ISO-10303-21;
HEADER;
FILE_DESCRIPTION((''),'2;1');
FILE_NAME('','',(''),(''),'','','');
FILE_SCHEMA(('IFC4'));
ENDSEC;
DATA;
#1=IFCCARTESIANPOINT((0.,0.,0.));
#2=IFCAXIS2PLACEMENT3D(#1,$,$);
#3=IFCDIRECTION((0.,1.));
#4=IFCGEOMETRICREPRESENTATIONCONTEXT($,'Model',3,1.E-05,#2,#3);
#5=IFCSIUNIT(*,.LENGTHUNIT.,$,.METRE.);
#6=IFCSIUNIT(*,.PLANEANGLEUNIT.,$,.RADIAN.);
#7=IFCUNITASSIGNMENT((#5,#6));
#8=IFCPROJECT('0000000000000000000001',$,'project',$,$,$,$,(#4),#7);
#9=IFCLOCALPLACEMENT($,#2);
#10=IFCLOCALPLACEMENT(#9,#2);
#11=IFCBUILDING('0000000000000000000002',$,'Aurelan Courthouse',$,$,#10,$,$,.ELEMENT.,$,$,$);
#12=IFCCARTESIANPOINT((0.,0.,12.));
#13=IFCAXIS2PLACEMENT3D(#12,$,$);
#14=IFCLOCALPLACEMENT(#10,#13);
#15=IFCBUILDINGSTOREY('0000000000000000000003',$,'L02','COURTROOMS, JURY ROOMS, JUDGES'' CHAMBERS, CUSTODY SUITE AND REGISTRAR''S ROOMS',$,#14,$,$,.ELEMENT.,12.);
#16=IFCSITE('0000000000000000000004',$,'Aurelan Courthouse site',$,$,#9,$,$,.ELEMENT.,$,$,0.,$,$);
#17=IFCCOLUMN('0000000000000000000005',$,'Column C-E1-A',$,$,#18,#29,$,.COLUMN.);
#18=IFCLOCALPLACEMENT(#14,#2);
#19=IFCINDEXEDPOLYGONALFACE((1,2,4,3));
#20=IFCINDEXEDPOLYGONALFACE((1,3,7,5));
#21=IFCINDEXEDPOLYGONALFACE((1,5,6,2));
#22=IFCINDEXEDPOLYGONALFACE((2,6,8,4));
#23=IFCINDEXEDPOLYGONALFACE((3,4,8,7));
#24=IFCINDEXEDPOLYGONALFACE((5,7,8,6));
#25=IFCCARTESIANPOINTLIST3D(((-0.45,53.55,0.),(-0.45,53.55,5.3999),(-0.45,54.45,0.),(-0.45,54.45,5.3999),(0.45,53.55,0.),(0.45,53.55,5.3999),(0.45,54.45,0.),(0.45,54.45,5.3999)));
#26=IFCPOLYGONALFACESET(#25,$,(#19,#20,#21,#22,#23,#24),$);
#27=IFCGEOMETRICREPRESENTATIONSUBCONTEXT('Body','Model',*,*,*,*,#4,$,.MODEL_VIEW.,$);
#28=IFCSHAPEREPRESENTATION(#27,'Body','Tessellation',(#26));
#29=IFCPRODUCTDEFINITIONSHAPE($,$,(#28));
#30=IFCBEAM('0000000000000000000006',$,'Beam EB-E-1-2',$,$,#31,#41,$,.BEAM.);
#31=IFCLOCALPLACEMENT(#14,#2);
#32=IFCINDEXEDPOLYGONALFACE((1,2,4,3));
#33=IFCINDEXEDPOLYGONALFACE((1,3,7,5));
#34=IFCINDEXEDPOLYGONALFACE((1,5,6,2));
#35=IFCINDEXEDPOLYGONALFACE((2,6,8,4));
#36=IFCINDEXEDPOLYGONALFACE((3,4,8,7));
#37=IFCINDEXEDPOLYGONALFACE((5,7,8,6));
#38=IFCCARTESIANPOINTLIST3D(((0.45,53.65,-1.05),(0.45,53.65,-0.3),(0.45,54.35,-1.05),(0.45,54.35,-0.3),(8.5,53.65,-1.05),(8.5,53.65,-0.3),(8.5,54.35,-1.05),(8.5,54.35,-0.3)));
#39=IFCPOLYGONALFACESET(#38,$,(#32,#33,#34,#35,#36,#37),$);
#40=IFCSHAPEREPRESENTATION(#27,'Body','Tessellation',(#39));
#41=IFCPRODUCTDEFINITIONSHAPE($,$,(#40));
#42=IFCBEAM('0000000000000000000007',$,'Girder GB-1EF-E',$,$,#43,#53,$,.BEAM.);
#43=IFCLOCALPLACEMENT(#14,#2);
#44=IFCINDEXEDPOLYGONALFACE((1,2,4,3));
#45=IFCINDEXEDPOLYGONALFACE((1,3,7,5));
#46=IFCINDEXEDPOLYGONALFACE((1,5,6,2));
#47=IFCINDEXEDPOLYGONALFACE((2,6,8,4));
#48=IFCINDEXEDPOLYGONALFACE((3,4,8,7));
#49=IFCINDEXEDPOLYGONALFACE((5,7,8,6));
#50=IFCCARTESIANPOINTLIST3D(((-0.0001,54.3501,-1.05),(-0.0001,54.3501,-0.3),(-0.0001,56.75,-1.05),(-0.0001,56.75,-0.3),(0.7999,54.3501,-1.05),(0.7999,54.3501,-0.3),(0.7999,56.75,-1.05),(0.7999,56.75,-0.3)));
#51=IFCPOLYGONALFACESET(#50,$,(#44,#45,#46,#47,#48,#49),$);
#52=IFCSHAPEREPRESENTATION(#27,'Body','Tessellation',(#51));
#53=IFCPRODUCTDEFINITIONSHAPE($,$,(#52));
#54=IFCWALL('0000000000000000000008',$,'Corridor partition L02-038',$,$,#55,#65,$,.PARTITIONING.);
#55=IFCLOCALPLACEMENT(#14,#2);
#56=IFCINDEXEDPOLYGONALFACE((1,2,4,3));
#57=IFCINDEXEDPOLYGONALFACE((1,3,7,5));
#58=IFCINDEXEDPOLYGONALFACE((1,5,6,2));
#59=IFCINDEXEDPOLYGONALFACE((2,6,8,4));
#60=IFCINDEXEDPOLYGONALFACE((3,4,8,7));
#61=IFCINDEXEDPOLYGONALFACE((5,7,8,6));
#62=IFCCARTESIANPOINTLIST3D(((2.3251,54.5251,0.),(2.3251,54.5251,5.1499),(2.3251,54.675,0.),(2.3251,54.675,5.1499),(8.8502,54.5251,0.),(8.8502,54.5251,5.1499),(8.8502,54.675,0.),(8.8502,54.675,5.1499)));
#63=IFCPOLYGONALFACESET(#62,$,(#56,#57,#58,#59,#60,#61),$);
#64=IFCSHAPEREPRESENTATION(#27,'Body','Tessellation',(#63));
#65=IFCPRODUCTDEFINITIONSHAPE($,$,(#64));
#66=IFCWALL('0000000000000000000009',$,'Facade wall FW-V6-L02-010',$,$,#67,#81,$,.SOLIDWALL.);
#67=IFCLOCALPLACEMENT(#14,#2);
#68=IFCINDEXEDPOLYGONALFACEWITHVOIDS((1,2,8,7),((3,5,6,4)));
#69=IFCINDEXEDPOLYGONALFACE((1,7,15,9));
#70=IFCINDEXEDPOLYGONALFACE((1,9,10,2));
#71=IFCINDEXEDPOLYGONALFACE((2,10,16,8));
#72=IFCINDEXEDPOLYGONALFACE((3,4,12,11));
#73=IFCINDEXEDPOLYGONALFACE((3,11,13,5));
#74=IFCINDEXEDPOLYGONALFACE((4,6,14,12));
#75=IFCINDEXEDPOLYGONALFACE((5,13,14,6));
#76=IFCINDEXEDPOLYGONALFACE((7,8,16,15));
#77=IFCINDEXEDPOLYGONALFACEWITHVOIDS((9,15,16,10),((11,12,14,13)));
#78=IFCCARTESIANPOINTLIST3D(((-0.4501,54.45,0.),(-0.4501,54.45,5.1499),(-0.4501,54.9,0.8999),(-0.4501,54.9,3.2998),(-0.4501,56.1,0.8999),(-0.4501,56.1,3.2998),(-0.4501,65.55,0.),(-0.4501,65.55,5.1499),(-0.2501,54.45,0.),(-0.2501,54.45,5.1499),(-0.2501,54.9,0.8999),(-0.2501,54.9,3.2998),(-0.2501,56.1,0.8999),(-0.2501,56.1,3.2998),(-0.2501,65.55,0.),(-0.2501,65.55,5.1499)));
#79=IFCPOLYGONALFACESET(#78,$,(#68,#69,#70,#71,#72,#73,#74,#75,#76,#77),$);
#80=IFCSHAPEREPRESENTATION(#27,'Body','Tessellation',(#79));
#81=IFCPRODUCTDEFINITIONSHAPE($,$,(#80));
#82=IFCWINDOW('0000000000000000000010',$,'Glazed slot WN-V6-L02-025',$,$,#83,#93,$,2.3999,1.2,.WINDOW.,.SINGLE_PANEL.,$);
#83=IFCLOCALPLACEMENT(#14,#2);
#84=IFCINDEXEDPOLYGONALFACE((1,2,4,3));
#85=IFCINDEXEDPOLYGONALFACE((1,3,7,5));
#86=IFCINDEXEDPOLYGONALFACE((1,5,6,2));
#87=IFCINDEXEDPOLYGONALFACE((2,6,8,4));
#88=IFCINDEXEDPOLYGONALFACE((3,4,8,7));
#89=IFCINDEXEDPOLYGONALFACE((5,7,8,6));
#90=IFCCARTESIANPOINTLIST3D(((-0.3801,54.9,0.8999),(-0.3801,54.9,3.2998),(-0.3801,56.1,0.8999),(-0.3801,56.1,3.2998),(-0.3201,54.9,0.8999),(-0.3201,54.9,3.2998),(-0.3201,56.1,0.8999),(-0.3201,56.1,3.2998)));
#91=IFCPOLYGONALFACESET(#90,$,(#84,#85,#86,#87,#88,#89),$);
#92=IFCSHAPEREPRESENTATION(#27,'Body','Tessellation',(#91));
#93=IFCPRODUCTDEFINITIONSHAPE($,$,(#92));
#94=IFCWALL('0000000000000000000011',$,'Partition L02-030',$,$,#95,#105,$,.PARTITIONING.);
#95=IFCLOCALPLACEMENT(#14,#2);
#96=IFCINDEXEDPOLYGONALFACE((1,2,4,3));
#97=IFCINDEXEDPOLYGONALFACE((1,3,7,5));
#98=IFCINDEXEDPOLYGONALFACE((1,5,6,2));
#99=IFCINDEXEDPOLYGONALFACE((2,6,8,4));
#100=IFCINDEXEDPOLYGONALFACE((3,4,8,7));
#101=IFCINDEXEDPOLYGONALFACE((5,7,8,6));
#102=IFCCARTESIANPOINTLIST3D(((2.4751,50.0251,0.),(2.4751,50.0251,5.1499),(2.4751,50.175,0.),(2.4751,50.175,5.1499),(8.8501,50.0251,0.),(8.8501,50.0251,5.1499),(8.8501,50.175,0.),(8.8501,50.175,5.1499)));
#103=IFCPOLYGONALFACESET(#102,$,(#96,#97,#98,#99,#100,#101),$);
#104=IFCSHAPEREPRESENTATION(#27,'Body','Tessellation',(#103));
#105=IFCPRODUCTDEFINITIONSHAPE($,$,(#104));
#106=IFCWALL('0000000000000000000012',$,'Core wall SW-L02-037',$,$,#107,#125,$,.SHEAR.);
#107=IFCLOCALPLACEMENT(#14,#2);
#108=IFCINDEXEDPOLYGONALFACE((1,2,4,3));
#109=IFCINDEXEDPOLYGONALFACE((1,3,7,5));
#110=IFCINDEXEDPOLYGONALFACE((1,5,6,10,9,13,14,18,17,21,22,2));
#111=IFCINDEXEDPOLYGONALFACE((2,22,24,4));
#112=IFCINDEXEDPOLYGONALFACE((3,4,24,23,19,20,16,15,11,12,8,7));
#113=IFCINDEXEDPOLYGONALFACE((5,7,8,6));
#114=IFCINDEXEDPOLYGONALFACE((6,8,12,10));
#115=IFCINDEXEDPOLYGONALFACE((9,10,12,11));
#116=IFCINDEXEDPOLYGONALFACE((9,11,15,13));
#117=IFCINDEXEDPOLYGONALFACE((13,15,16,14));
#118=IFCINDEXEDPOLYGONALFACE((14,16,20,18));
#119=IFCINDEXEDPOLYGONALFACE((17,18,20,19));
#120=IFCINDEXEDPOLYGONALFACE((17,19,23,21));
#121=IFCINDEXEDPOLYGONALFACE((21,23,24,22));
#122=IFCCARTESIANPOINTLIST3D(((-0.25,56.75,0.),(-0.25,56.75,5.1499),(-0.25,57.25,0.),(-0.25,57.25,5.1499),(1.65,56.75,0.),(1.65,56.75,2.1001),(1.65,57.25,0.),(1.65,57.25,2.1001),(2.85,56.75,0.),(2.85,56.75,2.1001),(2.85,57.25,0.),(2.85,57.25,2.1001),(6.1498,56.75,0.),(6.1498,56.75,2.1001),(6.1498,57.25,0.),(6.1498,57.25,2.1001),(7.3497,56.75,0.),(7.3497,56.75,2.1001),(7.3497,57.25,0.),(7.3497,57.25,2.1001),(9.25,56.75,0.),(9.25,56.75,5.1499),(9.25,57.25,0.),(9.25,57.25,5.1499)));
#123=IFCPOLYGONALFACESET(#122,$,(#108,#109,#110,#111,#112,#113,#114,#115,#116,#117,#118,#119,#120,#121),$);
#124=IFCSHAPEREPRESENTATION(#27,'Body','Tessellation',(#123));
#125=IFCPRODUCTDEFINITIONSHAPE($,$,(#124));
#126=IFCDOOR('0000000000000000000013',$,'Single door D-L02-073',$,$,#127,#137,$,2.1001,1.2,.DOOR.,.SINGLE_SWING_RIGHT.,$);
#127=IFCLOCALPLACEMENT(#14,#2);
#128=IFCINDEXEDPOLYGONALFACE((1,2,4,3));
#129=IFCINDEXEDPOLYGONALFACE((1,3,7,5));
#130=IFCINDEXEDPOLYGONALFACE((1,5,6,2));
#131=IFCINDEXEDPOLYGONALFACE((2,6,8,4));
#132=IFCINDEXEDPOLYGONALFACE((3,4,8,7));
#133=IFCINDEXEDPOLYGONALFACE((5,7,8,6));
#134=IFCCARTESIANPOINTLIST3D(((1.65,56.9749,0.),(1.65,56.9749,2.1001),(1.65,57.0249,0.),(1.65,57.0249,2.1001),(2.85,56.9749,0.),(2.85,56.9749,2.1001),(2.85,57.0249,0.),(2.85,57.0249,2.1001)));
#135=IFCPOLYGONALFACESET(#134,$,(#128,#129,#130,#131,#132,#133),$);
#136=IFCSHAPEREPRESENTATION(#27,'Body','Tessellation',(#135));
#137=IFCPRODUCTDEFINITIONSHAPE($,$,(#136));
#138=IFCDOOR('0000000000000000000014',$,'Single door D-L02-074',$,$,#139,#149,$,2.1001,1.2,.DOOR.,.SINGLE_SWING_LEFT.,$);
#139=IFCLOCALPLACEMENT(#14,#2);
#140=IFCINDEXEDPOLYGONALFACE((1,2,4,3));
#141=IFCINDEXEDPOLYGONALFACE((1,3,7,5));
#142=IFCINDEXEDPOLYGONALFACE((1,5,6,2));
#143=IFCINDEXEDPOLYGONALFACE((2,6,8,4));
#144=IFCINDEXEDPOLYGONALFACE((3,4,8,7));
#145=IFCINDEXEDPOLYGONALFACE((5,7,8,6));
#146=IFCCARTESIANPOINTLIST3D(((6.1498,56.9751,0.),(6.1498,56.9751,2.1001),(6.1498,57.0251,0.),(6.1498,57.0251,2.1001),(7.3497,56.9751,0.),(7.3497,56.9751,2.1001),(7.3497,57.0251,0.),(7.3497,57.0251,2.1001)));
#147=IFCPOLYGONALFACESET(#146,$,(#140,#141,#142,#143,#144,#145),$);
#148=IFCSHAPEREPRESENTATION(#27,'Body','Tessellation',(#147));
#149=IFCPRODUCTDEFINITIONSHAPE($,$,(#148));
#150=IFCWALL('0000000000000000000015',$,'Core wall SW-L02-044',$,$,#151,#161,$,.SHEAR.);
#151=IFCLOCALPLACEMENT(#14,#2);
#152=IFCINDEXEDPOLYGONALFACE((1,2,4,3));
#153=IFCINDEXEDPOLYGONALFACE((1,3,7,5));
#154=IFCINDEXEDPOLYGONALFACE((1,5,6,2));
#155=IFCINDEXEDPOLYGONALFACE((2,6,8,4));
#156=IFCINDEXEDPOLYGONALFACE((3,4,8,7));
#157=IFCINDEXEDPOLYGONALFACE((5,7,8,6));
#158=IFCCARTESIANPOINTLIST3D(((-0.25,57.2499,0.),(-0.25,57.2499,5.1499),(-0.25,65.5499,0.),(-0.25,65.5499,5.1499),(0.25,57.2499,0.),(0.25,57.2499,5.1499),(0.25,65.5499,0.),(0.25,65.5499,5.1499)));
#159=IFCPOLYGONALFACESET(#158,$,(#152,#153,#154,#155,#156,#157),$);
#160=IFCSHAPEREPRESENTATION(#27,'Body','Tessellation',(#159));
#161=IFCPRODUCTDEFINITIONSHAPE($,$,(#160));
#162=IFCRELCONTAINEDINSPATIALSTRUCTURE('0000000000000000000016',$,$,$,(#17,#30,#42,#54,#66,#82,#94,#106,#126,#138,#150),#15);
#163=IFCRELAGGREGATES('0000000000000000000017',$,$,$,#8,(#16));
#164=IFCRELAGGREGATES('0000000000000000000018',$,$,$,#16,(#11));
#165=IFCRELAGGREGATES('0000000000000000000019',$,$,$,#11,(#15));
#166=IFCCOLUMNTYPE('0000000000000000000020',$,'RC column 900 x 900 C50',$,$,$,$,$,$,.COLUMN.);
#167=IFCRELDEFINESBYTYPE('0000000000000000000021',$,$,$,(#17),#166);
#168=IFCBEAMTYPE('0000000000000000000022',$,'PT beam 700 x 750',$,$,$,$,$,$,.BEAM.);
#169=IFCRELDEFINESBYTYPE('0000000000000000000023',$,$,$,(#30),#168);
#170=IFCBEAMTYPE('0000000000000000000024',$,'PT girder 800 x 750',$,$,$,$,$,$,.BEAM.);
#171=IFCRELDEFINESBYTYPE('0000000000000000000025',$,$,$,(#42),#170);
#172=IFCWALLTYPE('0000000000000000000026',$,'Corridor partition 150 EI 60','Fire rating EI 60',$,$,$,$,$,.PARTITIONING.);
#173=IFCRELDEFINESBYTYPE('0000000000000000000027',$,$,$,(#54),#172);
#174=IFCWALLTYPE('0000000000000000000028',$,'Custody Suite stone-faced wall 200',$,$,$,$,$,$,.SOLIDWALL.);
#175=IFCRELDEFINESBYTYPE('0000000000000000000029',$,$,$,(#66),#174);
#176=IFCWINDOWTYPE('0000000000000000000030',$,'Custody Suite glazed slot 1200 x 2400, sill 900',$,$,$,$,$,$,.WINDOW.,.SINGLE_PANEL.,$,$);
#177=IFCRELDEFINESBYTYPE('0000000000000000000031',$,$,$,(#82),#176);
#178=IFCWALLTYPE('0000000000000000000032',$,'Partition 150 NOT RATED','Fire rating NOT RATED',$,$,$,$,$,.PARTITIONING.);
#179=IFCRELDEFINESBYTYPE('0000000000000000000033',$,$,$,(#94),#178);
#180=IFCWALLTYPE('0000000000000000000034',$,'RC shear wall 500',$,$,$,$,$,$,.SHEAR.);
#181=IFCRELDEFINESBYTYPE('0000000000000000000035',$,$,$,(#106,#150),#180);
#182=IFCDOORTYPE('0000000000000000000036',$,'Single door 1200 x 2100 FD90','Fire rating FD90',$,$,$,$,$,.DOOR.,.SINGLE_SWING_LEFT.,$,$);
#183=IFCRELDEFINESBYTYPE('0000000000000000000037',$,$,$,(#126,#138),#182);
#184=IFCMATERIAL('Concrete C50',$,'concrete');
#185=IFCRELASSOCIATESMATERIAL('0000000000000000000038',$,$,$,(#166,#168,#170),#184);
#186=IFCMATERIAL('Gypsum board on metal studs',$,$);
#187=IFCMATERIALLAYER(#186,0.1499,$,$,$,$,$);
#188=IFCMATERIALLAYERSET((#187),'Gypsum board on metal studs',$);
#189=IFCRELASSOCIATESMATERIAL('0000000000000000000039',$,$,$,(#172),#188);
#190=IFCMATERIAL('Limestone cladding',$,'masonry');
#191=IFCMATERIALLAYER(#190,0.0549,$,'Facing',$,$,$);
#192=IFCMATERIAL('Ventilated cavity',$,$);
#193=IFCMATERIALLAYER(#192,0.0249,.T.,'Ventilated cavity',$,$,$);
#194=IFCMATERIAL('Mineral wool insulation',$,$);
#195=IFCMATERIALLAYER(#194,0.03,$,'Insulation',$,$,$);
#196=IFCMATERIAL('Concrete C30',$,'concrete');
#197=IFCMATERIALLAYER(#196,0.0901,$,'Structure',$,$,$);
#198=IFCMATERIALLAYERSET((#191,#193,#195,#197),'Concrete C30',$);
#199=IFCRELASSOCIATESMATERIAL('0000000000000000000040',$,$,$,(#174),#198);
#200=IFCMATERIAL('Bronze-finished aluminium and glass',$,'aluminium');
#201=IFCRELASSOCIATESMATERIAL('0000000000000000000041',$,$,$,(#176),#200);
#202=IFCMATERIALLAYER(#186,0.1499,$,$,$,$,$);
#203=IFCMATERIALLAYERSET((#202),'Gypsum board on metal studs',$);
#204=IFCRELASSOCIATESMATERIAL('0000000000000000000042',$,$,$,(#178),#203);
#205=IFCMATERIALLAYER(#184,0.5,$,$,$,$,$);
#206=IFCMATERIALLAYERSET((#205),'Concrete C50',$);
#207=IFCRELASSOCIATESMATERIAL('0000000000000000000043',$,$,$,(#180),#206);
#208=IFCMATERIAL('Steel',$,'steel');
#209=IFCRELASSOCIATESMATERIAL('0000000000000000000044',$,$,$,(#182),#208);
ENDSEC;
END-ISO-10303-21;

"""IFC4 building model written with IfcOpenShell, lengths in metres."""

from ifc_helpers import new_model, si_unit, direction, frame, frame_2d, origin, origin_2d, place, context, subcontext, project, spatial, rectangle, extrude, material, layer, layer_set, material_profile, profile_set, type_object, element, fill, save


model = new_model("IFC4")

# Units and contexts
model_context = context("Model", 3, precision=1e-05, world=origin(), true_north=direction((0.0, 1.0)))
body_context = subcontext(model_context, "Body", "Model", "MODEL_VIEW")
ifc_project = project(units=[si_unit("LENGTHUNIT", "METRE"), si_unit("PLANEANGLEUNIT", "RADIAN")], contexts=[model_context])

# Site, building, storey
site_placement = place(None, origin())
site = spatial("IfcSite", under=ifc_project, at=site_placement, Name="Aurelan Courthouse site", CompositionType="ELEMENT", RefElevation=0.0)
building_placement = place(site_placement, origin())
building = spatial("IfcBuilding", under=site, at=building_placement, Name="Aurelan Courthouse", CompositionType="ELEMENT")
storey_placement = place(building_placement, frame((0.0, 0.0, 12.0)))
storey = spatial("IfcBuildingStorey", under=building, at=storey_placement, Name="L02", Description="COURTROOMS, JURY ROOMS, JUDGES' CHAMBERS, CUSTODY SUITE AND REGISTRAR'S ROOMS", CompositionType="ELEMENT", Elevation=12.0)

# Column
ifc_material_1 = material(Name="Concrete C50", Category="concrete")
ifc_material_profile_1 = material_profile(ifc_material_1, rectangle(XDim=0.8999, YDim=0.8999, at=origin_2d()), Name="RC 900 x 900")
ifc_profile_set_1 = profile_set([ifc_material_profile_1], Name="Concrete C50")
column_type = type_object("IfcColumnType", Name="RC column 900 x 900 C50", PredefinedType="COLUMN", material=ifc_profile_set_1)
column_placement = place(storey_placement, frame((0.0, 54.0, 0.0), z_axis=(0.0, 0.0, 1.0), x_axis=(1.0, 0.0, 0.0)))
element("IfcColumn", 1, at=column_placement, inside=storey, type_object=column_type, Name="Column C-E1-A", PredefinedType="COLUMN", context=body_context, shape_type="SweptSolid", body=[
    extrude(rectangle(XDim=0.8999, YDim=0.8999, at=origin_2d()), origin(), (0.0, 0.0, 1.0), 5.3999),
])

# Beams
ifc_material_profile_2 = material_profile(ifc_material_1, rectangle(XDim=0.7, YDim=0.75, at=origin_2d()), Name="RC 700 x 750")
ifc_profile_set_2 = profile_set([ifc_material_profile_2], Name="Concrete C50")
beam_type_1 = type_object("IfcBeamType", Name="PT beam 700 x 750", PredefinedType="BEAM", material=ifc_profile_set_2)
beam_1_placement = place(storey_placement, frame((0.45, 54.0, -0.675), z_axis=(1.0, 0.0, 0.0), x_axis=(0.0, 1.0, 0.0)))
element("IfcBeam", 2, at=beam_1_placement, inside=storey, type_object=beam_type_1, Name="Beam EB-E-1-2", PredefinedType="BEAM", context=body_context, shape_type="SweptSolid", body=[
    extrude(rectangle(XDim=0.7, YDim=0.75, at=origin_2d()), origin(), (0.0, 0.0, 1.0), 8.05),
])
ifc_material_profile_3 = material_profile(ifc_material_1, rectangle(XDim=0.8, YDim=0.75, at=origin_2d()), Name="RC 800 x 750")
ifc_profile_set_3 = profile_set([ifc_material_profile_3], Name="Concrete C50")
beam_type_2 = type_object("IfcBeamType", Name="PT girder 800 x 750", PredefinedType="BEAM", material=ifc_profile_set_3)
beam_2_placement = place(storey_placement, frame((0.3999, 54.3501, -0.675), z_axis=(0.0, 1.0, 0.0), x_axis=(-1.0, 0.0, 0.0)))
element("IfcBeam", 3, at=beam_2_placement, inside=storey, type_object=beam_type_2, Name="Girder GB-1EF-E", PredefinedType="BEAM", context=body_context, shape_type="SweptSolid", body=[
    extrude(rectangle(XDim=0.8, YDim=0.75, at=origin_2d()), origin(), (0.0, 0.0, 1.0), 2.3999),
])

# Wall
ifc_material_2 = material(Name="Gypsum board on metal studs")
ifc_layer_1 = layer(ifc_material_2, 0.1499)
ifc_layer_set_1 = layer_set([ifc_layer_1], Name="Gypsum board on metal studs")
wall_type_1 = type_object("IfcWallType", Name="Corridor partition 150 EI 60", Description="Fire rating EI 60", PredefinedType="PARTITIONING", material=ifc_layer_set_1)
wall_1_placement = place(storey_placement, frame((2.325, 54.6001, 0.0), z_axis=(0.0, 0.0, 1.0), x_axis=(1.0, 0.0, 0.0)))
element("IfcWall", 4, at=wall_1_placement, inside=storey, type_object=wall_type_1, Name="Corridor partition L02-038", PredefinedType="PARTITIONING", context=body_context, shape_type="SweptSolid", body=[
    extrude(rectangle(XDim=6.5251, YDim=0.1499, at=frame_2d((3.2627, 0.0))), origin(), (0.0, 0.0, 1.0), 5.1499),
])

# Wall, opening, window
ifc_material_3 = material(Name="Limestone cladding", Category="masonry")
ifc_layer_2 = layer(ifc_material_3, 0.0549, Name="Facing")
ifc_material_4 = material(Name="Ventilated cavity")
ifc_layer_3 = layer(ifc_material_4, 0.0249, ventilated=True, Name="Ventilated cavity")
ifc_material_5 = material(Name="Mineral wool insulation")
ifc_layer_4 = layer(ifc_material_5, 0.03, Name="Insulation")
ifc_material_6 = material(Name="Concrete C30", Category="concrete")
ifc_layer_5 = layer(ifc_material_6, 0.0901, Name="Structure")
ifc_layer_set_2 = layer_set([ifc_layer_2, ifc_layer_3, ifc_layer_4, ifc_layer_5], Name="Concrete C30")
wall_type_2 = type_object("IfcWallType", Name="Custody Suite stone-faced wall 200", PredefinedType="SOLIDWALL", material=ifc_layer_set_2)
wall_2_placement = place(storey_placement, frame((-0.3501, 54.45, 0.0), z_axis=(0.0, 0.0, 1.0), x_axis=(0.0, 1.0, 0.0)))
wall_2 = element("IfcWall", 5, at=wall_2_placement, inside=storey, type_object=wall_type_2, Name="Facade wall FW-V6-L02-010", PredefinedType="SOLIDWALL", context=body_context, shape_type="SweptSolid", body=[
    extrude(rectangle(XDim=11.1001, YDim=0.2, at=frame_2d((5.55, 0.0))), origin(), (0.0, 0.0, 1.0), 5.1499),
])
opening_1_placement = place(wall_2_placement, frame((0.45, 0.0, 0.8999)))
opening_1 = element("IfcOpeningElement", 6, at=opening_1_placement, cuts=wall_2, PredefinedType="OPENING", context=body_context, shape_type="SweptSolid", body=[
    extrude(rectangle(XDim=1.2, YDim=2.3999, at=frame_2d((0.6001, 1.2))), frame((0.0, 0.1099, 0.0), z_axis=(0.0, -1.0, 0.0), x_axis=(1.0, 0.0, 0.0)), (0.0, 0.0, 1.0), 0.22),
])
ifc_material_7 = material(Name="Bronze-finished aluminium and glass", Category="aluminium")
window_type = type_object("IfcWindowType", Name="Custody Suite glazed slot 1200 x 2400, sill 900", PartitioningType="SINGLE_PANEL", PredefinedType="WINDOW", material=ifc_material_7)
window_placement = place(opening_1_placement, origin())
window = element("IfcWindow", 7, at=window_placement, inside=storey, type_object=window_type, Name="Glazed slot WN-V6-L02-025", OverallHeight=2.3999, OverallWidth=1.2, PartitioningType="SINGLE_PANEL", PredefinedType="WINDOW", context=body_context, shape_type="SweptSolid", body=[
    extrude(rectangle(XDim=1.2, YDim=2.3999, at=frame_2d((0.6001, 1.2))), frame((0.0, 0.03, 0.0), z_axis=(0.0, -1.0, 0.0), x_axis=(1.0, 0.0, 0.0)), (0.0, 0.0, 1.0), 0.0601),
])
fill(opening_1, window)

# Wall
ifc_layer_6 = layer(ifc_material_2, 0.1499)
ifc_layer_set_3 = layer_set([ifc_layer_6], Name="Gypsum board on metal studs")
wall_type_3 = type_object("IfcWallType", Name="Partition 150 NOT RATED", Description="Fire rating NOT RATED", PredefinedType="PARTITIONING", material=ifc_layer_set_3)
wall_3_placement = place(storey_placement, frame((2.4751, 50.1001, 0.0), z_axis=(0.0, 0.0, 1.0), x_axis=(1.0, 0.0, 0.0)))
element("IfcWall", 8, at=wall_3_placement, inside=storey, type_object=wall_type_3, Name="Partition L02-030", PredefinedType="PARTITIONING", context=body_context, shape_type="SweptSolid", body=[
    extrude(rectangle(XDim=6.375, YDim=0.1499, at=frame_2d((3.1875, 0.0))), origin(), (0.0, 0.0, 1.0), 5.1499),
])

# Wall, openings, doors
ifc_layer_7 = layer(ifc_material_1, 0.5)
ifc_layer_set_4 = layer_set([ifc_layer_7], Name="Concrete C50")
wall_type_4 = type_object("IfcWallType", Name="RC shear wall 500", PredefinedType="SHEAR", material=ifc_layer_set_4)
wall_4_placement = place(storey_placement, frame((-0.25, 57.0, 0.0), z_axis=(0.0, 0.0, 1.0), x_axis=(1.0, 0.0, 0.0)))
wall_4 = element("IfcWall", 9, at=wall_4_placement, inside=storey, type_object=wall_type_4, Name="Core wall SW-L02-037", PredefinedType="SHEAR", context=body_context, shape_type="SweptSolid", body=[
    extrude(rectangle(XDim=9.5, YDim=0.5, at=frame_2d((4.75, 0.0))), origin(), (0.0, 0.0, 1.0), 5.1499),
])
opening_2_placement = place(wall_4_placement, frame((1.8999, 0.0, 0.0)))
opening_2 = element("IfcOpeningElement", 10, at=opening_2_placement, cuts=wall_4, PredefinedType="OPENING", context=body_context, shape_type="SweptSolid", body=[
    extrude(rectangle(XDim=1.2, YDim=2.1001, at=frame_2d((0.6001, 1.05))), frame((0.0, 0.26, 0.0), z_axis=(0.0, -1.0, 0.0), x_axis=(1.0, 0.0, 0.0)), (0.0, 0.0, 1.0), 0.52),
])
opening_3_placement = place(wall_4_placement, frame((7.5999, 0.0, 0.0), z_axis=(0.0, 0.0, 1.0), x_axis=(-1.0, 0.0, 0.0)))
opening_3 = element("IfcOpeningElement", 11, at=opening_3_placement, cuts=wall_4, PredefinedType="OPENING", context=body_context, shape_type="SweptSolid", body=[
    extrude(rectangle(XDim=1.2, YDim=2.1001, at=frame_2d((0.6001, 1.05))), frame((0.0, 0.26, 0.0), z_axis=(0.0, -1.0, 0.0), x_axis=(1.0, 0.0, 0.0)), (0.0, 0.0, 1.0), 0.52),
])
ifc_material_8 = material(Name="Steel", Category="steel")
door_type_1 = type_object("IfcDoorType", Name="Single door 1200 x 2100 FD90", Description="Fire rating FD90", OperationType="SINGLE_SWING_LEFT", PredefinedType="DOOR", material=ifc_material_8)
door_1_placement = place(opening_2_placement, origin())
door_1 = element("IfcDoor", 12, at=door_1_placement, inside=storey, type_object=door_type_1, Name="Single door D-L02-073", OperationType="SINGLE_SWING_RIGHT", OverallHeight=2.1001, OverallWidth=1.2, PredefinedType="DOOR", context=body_context, shape_type="SweptSolid", body=[
    extrude(rectangle(XDim=1.2, YDim=2.1001, at=frame_2d((0.6001, 1.05))), frame((0.0, 0.0249, 0.0), z_axis=(0.0, -1.0, 0.0), x_axis=(1.0, 0.0, 0.0)), (0.0, 0.0, 1.0), 0.05),
])
fill(opening_2, door_1)
door_2_placement = place(opening_3_placement, origin())
door_2 = element("IfcDoor", 13, at=door_2_placement, inside=storey, type_object=door_type_1, Name="Single door D-L02-074", OperationType="SINGLE_SWING_LEFT", OverallHeight=2.1001, OverallWidth=1.2, PredefinedType="DOOR", context=body_context, shape_type="SweptSolid", body=[
    extrude(rectangle(XDim=1.2, YDim=2.1001, at=frame_2d((0.6001, 1.05))), frame((0.0, 0.0249, 0.0), z_axis=(0.0, -1.0, 0.0), x_axis=(1.0, 0.0, 0.0)), (0.0, 0.0, 1.0), 0.05),
])
fill(opening_3, door_2)

# Wall
wall_5_placement = place(storey_placement, frame((0.0, 57.25, 0.0), z_axis=(0.0, 0.0, 1.0), x_axis=(0.0, 1.0, 0.0)))
element("IfcWall", 14, at=wall_5_placement, inside=storey, type_object=wall_type_4, Name="Core wall SW-L02-044", PredefinedType="SHEAR", context=body_context, shape_type="SweptSolid", body=[
    extrude(rectangle(XDim=8.3, YDim=0.5, at=frame_2d((4.1499, 0.0))), origin(), (0.0, 0.0, 1.0), 5.1499),
])

save(model, "model.ifc")
